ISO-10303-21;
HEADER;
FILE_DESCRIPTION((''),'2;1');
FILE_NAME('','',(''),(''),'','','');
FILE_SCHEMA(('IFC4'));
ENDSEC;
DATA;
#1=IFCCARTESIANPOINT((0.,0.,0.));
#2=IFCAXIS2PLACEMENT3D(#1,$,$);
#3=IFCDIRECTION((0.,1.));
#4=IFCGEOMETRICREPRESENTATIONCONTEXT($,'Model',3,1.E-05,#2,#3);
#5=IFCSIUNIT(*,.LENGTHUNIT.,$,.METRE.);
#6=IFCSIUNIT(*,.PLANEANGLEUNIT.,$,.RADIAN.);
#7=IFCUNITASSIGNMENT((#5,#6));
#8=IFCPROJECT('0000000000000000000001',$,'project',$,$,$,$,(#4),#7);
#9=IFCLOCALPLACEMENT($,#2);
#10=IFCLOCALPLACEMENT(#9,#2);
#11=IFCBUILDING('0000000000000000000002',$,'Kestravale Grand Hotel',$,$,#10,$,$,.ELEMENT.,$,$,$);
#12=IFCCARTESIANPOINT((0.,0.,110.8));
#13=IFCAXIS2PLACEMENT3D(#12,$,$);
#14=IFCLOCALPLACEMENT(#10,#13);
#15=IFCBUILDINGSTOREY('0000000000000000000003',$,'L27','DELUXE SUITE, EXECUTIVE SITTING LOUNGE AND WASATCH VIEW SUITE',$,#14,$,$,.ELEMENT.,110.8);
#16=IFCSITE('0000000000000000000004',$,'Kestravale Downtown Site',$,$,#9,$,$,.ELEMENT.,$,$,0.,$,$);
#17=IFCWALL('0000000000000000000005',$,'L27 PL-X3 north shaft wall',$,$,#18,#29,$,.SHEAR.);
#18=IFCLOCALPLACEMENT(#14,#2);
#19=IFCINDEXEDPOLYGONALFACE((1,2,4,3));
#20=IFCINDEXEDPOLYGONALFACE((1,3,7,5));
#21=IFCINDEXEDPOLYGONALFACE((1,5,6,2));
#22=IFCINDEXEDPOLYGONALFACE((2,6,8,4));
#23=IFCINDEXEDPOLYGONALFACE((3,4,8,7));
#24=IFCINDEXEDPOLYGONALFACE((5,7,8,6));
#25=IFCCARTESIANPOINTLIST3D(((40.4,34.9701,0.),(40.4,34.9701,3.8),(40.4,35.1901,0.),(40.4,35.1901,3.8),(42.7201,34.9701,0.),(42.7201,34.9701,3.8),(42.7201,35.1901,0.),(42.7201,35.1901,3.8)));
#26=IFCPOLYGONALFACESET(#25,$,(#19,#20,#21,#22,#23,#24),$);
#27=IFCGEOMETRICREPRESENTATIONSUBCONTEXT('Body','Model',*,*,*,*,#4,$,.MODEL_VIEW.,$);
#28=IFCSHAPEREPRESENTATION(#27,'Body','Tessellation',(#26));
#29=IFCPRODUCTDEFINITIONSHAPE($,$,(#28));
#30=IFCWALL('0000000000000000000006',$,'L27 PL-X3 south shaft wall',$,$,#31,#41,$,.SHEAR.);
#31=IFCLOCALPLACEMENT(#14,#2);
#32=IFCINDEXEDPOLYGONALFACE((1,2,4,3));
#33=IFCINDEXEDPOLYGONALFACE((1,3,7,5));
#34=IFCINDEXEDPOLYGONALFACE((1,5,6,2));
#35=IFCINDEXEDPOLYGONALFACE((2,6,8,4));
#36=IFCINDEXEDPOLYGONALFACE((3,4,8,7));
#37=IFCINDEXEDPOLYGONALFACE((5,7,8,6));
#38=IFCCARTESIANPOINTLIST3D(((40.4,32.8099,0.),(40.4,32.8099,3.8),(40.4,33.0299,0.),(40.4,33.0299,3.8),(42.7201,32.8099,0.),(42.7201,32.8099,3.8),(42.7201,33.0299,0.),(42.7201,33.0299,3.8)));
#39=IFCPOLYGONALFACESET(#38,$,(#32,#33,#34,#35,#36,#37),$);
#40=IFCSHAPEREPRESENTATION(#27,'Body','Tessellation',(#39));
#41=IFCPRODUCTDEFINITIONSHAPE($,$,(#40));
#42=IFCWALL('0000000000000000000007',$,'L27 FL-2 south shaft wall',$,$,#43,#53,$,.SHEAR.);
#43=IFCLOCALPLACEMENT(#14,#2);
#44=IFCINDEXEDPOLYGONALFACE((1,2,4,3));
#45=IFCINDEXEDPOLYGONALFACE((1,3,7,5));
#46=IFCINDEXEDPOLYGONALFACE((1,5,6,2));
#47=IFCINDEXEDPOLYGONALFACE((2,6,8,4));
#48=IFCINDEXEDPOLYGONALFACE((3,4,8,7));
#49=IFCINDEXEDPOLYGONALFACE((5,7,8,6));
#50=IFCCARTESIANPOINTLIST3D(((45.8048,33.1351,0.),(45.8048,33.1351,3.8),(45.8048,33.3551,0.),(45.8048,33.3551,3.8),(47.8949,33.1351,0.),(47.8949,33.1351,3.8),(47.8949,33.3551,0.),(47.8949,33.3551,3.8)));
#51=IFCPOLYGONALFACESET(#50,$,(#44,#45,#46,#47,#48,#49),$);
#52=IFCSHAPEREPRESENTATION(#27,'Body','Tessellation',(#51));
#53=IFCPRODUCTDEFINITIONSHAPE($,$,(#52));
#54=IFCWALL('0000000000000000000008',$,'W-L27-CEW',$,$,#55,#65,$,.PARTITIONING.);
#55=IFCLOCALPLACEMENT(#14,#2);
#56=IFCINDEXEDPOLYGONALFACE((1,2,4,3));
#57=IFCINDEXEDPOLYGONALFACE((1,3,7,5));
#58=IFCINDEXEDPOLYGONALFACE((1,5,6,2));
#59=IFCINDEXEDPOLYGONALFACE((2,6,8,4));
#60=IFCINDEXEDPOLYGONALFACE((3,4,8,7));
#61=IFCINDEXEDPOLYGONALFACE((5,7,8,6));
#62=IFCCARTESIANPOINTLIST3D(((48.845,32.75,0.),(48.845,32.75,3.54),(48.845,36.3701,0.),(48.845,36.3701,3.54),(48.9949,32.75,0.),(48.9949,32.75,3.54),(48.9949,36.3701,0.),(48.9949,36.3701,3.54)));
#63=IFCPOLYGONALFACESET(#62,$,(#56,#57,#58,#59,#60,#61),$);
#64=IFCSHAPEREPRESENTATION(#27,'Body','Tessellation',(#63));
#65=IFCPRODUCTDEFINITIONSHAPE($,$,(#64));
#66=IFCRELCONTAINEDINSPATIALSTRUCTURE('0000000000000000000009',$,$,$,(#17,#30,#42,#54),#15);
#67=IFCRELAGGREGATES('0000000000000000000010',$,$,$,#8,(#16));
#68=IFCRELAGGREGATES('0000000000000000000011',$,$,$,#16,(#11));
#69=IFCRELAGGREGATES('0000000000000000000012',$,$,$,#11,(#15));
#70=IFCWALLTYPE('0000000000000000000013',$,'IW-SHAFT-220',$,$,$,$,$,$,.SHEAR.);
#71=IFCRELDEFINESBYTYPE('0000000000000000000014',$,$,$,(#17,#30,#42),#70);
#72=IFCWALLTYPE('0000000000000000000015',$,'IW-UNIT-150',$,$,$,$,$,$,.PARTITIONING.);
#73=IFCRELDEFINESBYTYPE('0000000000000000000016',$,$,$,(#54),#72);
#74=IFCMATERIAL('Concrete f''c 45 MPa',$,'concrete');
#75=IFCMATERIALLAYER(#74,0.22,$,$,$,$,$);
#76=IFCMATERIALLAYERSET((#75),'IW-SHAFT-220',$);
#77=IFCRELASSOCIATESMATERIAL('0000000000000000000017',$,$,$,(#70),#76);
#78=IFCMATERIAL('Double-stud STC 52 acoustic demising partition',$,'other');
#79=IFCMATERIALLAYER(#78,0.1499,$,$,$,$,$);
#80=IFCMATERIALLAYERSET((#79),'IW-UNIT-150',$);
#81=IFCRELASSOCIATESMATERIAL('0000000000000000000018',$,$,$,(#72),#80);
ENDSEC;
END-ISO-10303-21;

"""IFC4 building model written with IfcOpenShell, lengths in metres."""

from ifc_helpers import new_model, si_unit, direction, frame, frame_2d, origin, place, context, subcontext, project, spatial, rectangle, extrude, material, layer, layer_set, type_object, element, save


model = new_model("IFC4")

# Units and contexts
model_context = context("Model", 3, precision=1e-05, world=origin(), true_north=direction((0.0, 1.0)))
body_context = subcontext(model_context, "Body", "Model", "MODEL_VIEW")
ifc_project = project(units=[si_unit("LENGTHUNIT", "METRE"), si_unit("PLANEANGLEUNIT", "RADIAN")], contexts=[model_context])

# Site, building, storey
site_placement = place(None, origin())
site = spatial("IfcSite", under=ifc_project, at=site_placement, Name="Kestravale Downtown Site", CompositionType="ELEMENT", RefElevation=0.0)
building_placement = place(site_placement, origin())
building = spatial("IfcBuilding", under=site, at=building_placement, Name="Kestravale Grand Hotel", CompositionType="ELEMENT")
storey_placement = place(building_placement, frame((0.0, 0.0, 110.8)))
storey = spatial("IfcBuildingStorey", under=building, at=storey_placement, Name="L27", Description="DELUXE SUITE, EXECUTIVE SITTING LOUNGE AND WASATCH VIEW SUITE", CompositionType="ELEMENT", Elevation=110.8)

# Walls
ifc_material_1 = material(Name="Concrete f'c 45 MPa", Category="concrete")
ifc_layer_1 = layer(ifc_material_1, 0.22)
ifc_layer_set_1 = layer_set([ifc_layer_1], Name="IW-SHAFT-220")
wall_type_1 = type_object("IfcWallType", Name="IW-SHAFT-220", PredefinedType="SHEAR", material=ifc_layer_set_1)
for number, where, z_axis, x_axis, name in (
    (1, (40.3999, 35.0801, 0.0), (0.0, 0.0, 1.0), (1.0, 0.0, 0.0), "L27 PL-X3 north shaft wall"),
    (2, (40.3999, 32.9199, 0.0), (0.0, 0.0, 1.0), (1.0, 0.0, 0.0), "L27 PL-X3 south shaft wall"),
):
    element("IfcWall", number, at=place(storey_placement, frame(where, z_axis=z_axis, x_axis=x_axis)), inside=storey, type_object=wall_type_1, Name=name, PredefinedType="SHEAR", context=body_context, shape_type="SweptSolid", body=[
        extrude(rectangle(XDim=2.3201, YDim=0.22, at=frame_2d((1.1602, 0.0))), origin(), (0.0, 0.0, 1.0), 3.8),
    ])
wall_1_placement = place(storey_placement, frame((45.8049, 33.2451, 0.0), z_axis=(0.0, 0.0, 1.0), x_axis=(1.0, 0.0, 0.0)))
element("IfcWall", 3, at=wall_1_placement, inside=storey, type_object=wall_type_1, Name="L27 FL-2 south shaft wall", PredefinedType="SHEAR", context=body_context, shape_type="SweptSolid", body=[
    extrude(rectangle(XDim=2.0901, YDim=0.22, at=frame_2d((1.0449, 0.0))), origin(), (0.0, 0.0, 1.0), 3.8),
])
ifc_material_2 = material(Name="Double-stud STC 52 acoustic demising partition", Category="other")
ifc_layer_2 = layer(ifc_material_2, 0.1499)
ifc_layer_set_2 = layer_set([ifc_layer_2], Name="IW-UNIT-150")
wall_type_2 = type_object("IfcWallType", Name="IW-UNIT-150", PredefinedType="PARTITIONING", material=ifc_layer_set_2)
wall_2_placement = place(storey_placement, frame((48.9199, 32.75, 0.0), z_axis=(0.0, 0.0, 1.0), x_axis=(0.0, 1.0, 0.0)))
element("IfcWall", 4, at=wall_2_placement, inside=storey, type_object=wall_type_2, Name="W-L27-CEW", PredefinedType="PARTITIONING", context=body_context, shape_type="SweptSolid", body=[
    extrude(rectangle(XDim=3.6201, YDim=0.1499, at=frame_2d((1.8101, 0.0))), origin(), (0.0, 0.0, 1.0), 3.54),
])

save(model, "model.ifc")
